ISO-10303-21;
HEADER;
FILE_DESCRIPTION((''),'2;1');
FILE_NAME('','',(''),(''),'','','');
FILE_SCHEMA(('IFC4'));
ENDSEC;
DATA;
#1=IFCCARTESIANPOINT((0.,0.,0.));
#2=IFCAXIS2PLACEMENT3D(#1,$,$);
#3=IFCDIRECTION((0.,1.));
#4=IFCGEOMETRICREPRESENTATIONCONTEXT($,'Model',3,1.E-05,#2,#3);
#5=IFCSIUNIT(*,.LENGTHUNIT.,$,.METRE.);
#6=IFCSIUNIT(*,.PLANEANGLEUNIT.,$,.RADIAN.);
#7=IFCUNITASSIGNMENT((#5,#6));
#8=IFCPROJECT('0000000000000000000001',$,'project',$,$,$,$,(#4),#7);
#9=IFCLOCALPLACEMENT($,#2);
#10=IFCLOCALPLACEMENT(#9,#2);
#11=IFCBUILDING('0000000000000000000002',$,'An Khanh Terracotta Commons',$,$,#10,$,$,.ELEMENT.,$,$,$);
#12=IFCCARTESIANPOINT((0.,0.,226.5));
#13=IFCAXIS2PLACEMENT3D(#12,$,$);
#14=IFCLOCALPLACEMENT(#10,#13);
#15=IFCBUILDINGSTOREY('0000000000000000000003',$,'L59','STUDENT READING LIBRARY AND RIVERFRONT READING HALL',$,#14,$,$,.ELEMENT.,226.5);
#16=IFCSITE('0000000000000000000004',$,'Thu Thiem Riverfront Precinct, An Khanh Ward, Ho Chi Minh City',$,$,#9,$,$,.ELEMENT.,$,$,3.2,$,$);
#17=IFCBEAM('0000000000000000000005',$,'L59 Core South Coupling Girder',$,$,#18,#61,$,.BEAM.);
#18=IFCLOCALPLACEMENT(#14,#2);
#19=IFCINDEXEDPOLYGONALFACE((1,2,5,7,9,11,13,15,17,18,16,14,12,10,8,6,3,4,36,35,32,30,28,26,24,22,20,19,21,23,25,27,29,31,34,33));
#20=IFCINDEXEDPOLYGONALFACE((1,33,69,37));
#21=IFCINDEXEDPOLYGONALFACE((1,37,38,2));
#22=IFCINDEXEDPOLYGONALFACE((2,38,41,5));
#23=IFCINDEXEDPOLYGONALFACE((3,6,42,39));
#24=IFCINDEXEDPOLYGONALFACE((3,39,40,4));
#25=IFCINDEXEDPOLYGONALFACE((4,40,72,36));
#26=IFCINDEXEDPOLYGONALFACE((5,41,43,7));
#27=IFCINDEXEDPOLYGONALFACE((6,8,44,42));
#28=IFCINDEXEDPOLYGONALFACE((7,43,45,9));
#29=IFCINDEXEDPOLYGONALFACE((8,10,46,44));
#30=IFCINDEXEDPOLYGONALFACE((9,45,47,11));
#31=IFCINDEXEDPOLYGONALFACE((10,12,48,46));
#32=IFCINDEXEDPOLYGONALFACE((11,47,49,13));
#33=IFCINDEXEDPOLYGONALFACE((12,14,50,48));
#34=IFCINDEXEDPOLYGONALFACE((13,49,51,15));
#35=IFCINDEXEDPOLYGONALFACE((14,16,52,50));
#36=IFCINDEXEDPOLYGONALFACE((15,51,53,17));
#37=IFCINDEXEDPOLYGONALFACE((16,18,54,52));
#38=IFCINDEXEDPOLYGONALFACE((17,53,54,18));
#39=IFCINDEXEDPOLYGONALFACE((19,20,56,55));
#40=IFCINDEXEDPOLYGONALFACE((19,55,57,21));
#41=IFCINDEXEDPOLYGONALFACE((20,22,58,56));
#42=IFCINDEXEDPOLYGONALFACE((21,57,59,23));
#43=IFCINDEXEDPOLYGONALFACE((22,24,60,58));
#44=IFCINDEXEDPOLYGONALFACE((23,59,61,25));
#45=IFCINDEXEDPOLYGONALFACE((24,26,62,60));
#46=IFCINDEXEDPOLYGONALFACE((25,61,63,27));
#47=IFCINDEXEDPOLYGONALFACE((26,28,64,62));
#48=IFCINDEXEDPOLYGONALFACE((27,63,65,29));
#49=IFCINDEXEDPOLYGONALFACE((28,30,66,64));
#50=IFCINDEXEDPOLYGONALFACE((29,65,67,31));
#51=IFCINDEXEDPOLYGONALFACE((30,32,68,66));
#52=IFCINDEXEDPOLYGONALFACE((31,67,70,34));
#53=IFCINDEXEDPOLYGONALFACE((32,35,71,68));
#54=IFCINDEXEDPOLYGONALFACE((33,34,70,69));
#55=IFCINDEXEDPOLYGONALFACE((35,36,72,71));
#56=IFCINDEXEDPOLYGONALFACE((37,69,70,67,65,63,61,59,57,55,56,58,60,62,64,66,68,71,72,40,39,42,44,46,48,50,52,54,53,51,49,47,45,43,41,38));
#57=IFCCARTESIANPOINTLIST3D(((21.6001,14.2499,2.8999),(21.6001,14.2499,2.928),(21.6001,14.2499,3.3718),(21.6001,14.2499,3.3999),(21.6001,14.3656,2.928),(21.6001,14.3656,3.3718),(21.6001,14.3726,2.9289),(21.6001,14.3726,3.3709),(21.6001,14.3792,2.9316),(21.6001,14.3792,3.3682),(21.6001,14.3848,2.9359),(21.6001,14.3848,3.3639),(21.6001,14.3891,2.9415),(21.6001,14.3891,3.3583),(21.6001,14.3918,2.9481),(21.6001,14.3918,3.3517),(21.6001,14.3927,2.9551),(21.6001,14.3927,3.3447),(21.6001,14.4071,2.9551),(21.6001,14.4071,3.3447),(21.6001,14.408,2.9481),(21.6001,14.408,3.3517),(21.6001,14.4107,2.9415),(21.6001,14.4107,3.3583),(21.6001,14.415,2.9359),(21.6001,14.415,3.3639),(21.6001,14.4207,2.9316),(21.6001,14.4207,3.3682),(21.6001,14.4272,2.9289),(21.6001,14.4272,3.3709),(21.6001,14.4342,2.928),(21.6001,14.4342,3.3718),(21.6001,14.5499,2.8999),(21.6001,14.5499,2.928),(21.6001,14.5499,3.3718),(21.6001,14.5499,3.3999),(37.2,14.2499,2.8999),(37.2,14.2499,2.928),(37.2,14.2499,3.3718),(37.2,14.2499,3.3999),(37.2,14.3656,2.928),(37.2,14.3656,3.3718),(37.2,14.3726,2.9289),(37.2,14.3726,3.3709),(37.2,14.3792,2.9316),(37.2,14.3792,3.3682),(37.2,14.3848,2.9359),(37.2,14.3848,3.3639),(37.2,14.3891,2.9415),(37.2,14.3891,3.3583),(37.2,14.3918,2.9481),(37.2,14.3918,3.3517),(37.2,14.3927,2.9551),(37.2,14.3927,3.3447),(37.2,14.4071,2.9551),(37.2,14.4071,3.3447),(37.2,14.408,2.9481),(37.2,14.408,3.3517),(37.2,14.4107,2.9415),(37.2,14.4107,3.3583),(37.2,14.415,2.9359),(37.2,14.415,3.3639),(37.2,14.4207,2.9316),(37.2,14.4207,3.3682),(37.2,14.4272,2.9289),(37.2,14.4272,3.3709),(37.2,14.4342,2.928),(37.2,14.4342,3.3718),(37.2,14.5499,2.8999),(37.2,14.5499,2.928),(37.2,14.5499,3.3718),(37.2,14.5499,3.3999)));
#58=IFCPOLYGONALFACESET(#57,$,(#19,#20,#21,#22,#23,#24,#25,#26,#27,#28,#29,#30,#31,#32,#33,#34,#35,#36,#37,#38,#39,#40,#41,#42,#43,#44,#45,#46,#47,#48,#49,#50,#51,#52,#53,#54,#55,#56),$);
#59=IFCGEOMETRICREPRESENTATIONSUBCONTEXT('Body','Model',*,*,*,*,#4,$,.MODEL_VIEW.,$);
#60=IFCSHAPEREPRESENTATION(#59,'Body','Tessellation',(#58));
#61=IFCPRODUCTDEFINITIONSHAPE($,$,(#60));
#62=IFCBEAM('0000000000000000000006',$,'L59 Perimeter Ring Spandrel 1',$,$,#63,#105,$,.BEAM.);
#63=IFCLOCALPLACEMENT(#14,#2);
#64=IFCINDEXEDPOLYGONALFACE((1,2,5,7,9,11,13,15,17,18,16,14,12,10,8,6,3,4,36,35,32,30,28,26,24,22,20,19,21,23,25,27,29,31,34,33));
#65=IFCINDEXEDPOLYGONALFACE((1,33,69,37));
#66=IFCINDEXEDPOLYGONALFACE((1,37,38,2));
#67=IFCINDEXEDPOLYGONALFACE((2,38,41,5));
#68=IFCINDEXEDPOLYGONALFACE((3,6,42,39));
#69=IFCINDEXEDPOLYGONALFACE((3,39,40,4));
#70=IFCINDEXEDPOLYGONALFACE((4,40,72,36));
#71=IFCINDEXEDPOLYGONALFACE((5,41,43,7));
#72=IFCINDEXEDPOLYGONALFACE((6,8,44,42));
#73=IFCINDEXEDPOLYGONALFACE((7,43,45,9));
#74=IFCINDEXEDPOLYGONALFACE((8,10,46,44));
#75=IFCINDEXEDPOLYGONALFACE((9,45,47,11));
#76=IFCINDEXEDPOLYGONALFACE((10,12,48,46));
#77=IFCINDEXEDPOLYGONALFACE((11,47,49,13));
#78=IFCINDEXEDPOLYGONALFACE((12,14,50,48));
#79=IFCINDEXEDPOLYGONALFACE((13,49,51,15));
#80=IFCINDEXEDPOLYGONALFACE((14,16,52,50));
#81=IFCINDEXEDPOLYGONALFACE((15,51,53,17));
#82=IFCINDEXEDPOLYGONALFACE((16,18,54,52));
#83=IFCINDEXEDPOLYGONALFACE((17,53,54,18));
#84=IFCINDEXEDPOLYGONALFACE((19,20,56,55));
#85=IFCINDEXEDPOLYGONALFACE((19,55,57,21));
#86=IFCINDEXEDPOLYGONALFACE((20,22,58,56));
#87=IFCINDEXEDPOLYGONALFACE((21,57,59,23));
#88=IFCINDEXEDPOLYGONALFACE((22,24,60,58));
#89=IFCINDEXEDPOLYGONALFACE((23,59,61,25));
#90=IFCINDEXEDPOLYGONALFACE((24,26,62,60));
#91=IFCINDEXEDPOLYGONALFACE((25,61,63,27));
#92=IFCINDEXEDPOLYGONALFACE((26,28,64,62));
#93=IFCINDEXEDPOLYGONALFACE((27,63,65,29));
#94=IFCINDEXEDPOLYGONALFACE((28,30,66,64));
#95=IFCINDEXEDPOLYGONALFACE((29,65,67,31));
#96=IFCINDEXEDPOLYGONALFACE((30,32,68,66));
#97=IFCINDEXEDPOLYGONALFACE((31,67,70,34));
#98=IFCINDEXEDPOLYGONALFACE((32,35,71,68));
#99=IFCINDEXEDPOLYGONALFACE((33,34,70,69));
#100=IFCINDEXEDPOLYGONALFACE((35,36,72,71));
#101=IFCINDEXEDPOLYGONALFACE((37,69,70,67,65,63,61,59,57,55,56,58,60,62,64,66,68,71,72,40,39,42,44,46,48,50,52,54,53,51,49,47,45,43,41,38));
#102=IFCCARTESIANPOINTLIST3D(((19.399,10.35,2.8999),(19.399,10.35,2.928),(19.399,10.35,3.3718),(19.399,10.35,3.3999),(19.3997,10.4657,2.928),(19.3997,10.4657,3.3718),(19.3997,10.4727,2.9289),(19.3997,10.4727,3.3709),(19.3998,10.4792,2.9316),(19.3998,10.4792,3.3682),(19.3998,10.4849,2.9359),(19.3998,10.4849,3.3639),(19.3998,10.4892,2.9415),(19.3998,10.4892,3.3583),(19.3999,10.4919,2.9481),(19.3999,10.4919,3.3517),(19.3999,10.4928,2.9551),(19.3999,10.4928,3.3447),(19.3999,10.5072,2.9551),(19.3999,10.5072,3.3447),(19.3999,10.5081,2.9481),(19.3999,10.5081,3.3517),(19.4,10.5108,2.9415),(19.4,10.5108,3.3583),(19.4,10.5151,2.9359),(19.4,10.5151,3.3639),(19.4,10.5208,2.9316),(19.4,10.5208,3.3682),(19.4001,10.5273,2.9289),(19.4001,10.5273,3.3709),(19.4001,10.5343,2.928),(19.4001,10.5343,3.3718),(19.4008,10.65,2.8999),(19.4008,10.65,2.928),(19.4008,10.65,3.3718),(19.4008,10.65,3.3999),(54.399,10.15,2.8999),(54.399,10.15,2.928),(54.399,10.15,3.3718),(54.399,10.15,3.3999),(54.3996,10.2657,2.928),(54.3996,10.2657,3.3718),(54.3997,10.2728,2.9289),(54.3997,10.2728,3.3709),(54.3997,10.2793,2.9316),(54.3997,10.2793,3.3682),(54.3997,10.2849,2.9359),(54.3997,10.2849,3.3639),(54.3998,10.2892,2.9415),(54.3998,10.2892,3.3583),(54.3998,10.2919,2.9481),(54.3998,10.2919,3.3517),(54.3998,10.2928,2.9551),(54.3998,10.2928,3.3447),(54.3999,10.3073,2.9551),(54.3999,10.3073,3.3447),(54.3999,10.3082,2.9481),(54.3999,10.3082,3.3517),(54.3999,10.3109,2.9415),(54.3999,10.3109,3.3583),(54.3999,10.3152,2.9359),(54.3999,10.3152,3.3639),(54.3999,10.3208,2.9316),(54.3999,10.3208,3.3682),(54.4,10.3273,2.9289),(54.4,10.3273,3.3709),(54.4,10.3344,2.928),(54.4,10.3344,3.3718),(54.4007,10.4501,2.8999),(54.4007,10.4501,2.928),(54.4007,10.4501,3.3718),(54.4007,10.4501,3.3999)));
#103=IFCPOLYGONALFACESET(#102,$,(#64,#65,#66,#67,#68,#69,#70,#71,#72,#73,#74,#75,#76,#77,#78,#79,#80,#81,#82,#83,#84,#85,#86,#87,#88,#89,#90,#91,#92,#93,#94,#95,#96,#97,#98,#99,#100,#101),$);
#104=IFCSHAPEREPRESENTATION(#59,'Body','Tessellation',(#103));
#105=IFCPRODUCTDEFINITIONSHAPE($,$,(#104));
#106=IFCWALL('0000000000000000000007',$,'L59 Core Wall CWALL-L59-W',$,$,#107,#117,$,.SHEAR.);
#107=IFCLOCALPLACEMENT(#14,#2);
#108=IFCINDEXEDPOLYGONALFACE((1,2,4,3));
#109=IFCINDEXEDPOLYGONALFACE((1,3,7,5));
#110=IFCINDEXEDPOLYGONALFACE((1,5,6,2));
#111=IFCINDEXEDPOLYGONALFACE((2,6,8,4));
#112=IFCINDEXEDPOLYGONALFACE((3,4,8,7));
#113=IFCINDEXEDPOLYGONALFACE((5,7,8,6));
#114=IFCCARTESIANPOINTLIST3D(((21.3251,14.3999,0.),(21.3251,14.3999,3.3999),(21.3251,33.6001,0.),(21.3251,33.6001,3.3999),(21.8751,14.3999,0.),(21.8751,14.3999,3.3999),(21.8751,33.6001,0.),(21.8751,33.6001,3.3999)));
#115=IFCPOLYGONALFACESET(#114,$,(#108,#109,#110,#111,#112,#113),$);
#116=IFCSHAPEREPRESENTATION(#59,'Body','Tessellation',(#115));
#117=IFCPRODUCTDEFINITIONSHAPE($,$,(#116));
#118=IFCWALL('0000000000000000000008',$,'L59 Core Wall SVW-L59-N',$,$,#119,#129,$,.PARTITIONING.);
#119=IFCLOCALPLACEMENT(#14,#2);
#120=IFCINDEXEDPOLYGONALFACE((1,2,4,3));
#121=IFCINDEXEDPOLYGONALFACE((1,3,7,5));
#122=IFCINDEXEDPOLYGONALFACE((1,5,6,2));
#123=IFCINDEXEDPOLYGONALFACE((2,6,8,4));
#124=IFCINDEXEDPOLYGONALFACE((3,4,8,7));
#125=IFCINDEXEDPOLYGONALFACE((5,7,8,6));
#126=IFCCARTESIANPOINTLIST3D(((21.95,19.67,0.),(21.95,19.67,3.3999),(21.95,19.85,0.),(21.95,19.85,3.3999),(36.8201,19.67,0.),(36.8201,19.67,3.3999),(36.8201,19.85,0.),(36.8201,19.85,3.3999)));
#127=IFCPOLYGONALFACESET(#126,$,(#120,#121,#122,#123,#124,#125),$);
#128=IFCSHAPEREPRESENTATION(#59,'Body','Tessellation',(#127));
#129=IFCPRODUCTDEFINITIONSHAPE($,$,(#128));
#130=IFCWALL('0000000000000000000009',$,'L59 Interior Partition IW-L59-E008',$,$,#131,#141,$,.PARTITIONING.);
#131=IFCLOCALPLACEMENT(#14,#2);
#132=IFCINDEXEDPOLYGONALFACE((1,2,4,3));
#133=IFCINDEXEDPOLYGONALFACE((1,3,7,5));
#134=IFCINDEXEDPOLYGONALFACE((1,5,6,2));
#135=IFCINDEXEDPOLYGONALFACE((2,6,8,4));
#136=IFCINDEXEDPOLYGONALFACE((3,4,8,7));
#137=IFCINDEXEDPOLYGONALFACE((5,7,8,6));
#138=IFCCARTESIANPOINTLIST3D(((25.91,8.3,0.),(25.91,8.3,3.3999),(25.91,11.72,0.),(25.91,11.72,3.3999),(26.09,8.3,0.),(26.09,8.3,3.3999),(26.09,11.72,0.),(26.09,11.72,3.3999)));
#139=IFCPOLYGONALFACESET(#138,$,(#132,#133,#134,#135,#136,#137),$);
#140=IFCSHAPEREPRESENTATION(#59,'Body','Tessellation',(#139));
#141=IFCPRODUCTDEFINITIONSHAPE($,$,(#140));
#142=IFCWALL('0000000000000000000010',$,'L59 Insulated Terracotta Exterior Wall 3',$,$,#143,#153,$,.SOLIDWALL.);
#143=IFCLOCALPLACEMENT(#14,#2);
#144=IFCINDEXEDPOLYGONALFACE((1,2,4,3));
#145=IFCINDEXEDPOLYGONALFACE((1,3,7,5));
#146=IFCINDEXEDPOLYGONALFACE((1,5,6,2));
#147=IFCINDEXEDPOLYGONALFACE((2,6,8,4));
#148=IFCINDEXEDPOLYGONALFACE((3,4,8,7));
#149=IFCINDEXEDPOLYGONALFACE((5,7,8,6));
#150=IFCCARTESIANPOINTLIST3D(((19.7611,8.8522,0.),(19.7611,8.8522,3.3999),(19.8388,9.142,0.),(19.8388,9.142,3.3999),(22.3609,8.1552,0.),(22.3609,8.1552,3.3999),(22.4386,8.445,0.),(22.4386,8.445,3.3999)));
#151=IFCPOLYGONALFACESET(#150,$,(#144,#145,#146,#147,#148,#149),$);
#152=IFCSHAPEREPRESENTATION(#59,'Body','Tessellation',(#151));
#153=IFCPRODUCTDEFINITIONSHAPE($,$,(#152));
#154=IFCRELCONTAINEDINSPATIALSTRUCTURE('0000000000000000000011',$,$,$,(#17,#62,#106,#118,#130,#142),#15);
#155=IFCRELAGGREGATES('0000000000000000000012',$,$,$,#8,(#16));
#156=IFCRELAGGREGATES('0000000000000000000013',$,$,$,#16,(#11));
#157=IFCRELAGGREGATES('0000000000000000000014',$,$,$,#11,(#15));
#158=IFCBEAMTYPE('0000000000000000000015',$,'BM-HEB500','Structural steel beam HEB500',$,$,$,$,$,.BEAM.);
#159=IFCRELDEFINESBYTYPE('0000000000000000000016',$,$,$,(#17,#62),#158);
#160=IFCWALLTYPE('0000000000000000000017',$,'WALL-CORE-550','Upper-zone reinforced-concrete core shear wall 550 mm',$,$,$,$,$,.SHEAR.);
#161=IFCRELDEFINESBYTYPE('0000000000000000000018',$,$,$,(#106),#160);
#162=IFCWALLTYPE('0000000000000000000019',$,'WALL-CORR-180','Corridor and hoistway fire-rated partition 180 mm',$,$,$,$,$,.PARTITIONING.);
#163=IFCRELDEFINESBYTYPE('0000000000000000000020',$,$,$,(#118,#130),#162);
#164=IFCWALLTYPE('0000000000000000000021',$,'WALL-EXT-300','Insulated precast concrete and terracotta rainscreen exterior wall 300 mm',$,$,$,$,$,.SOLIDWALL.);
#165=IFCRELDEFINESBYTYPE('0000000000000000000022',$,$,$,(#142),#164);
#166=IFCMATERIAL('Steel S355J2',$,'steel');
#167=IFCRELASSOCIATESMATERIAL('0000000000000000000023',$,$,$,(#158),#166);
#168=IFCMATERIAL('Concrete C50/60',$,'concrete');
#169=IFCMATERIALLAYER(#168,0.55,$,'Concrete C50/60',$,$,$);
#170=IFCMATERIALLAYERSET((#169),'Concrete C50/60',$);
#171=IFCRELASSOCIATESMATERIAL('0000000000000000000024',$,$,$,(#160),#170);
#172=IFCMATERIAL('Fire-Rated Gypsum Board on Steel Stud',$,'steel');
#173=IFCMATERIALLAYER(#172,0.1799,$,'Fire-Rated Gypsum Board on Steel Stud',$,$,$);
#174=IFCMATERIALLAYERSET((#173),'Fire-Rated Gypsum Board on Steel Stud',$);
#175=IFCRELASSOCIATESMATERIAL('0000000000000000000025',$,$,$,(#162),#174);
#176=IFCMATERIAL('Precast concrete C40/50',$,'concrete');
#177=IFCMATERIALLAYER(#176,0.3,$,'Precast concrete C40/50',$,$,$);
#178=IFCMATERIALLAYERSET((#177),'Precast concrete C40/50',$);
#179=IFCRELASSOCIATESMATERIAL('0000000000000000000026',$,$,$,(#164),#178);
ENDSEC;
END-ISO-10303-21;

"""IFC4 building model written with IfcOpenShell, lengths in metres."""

from ifc_helpers import new_model, si_unit, direction, frame, frame_2d, origin, origin_2d, place, context, subcontext, project, spatial, rectangle, i_section, extrude, material, layer, layer_set, material_profile, profile_set, type_object, element, save


model = new_model("IFC4")

# Units and contexts
model_context = context("Model", 3, precision=1e-05, world=origin(), true_north=direction((0.0, 1.0)))
body_context = subcontext(model_context, "Body", "Model", "MODEL_VIEW")
ifc_project = project(units=[si_unit("LENGTHUNIT", "METRE"), si_unit("PLANEANGLEUNIT", "RADIAN")], contexts=[model_context])

# Site, building, storey
site_placement = place(None, origin())
site = spatial("IfcSite", under=ifc_project, at=site_placement, Name="Thu Thiem Riverfront Precinct, An Khanh Ward, Ho Chi Minh City", CompositionType="ELEMENT", RefElevation=3.2)
building_placement = place(site_placement, origin())
building = spatial("IfcBuilding", under=site, at=building_placement, Name="An Khanh Terracotta Commons", CompositionType="ELEMENT")
storey_placement = place(building_placement, frame((0.0, 0.0, 226.5)))
storey = spatial("IfcBuildingStorey", under=building, at=storey_placement, Name="L59", Description="STUDENT READING LIBRARY AND RIVERFRONT READING HALL", CompositionType="ELEMENT", Elevation=226.5)

# Beams
ifc_material_1 = material(Name="Steel S355J2", Category="steel")
ifc_material_profile_1 = material_profile(ifc_material_1, i_section(OverallWidth=0.3, OverallDepth=0.5, WebThickness=0.0144, FlangeThickness=0.0281, FilletRadius=0.0271, at=origin_2d()), Name="HEB500")
ifc_profile_set_1 = profile_set([ifc_material_profile_1], Name="Steel S355J2")
beam_type_1 = type_object("IfcBeamType", Name="BM-HEB500", Description="Structural steel beam HEB500", PredefinedType="BEAM", material=ifc_profile_set_1)
beam_1_placement = place(storey_placement, frame((21.6001, 14.3999, 3.1499), z_axis=(1.0, 0.0, 0.0), x_axis=(0.0, 1.0, 0.0)))
element("IfcBeam", 1, at=beam_1_placement, inside=storey, type_object=beam_type_1, Name="L59 Core South Coupling Girder", PredefinedType="BEAM", context=body_context, shape_type="SweptSolid", body=[
    extrude(i_section(OverallWidth=0.3, OverallDepth=0.5, WebThickness=0.0144, FlangeThickness=0.0281, FilletRadius=0.0271, at=origin_2d()), origin(), (0.0, 0.0, 1.0), 15.5999),
])
beam_2_placement = place(storey_placement, frame((19.3999, 10.5, 3.1499), z_axis=(0.999984, -0.005713, 0.0), x_axis=(0.005713, 0.999984, 0.0)))
element("IfcBeam", 2, at=beam_2_placement, inside=storey, type_object=beam_type_1, Name="L59 Perimeter Ring Spandrel 1", PredefinedType="BEAM", context=body_context, shape_type="SweptSolid", body=[
    extrude(i_section(OverallWidth=0.3, OverallDepth=0.5, WebThickness=0.0144, FlangeThickness=0.0281, FilletRadius=0.0271, at=origin_2d()), origin(), (0.0, 0.0, 1.0), 35.0005),
])

# Walls
ifc_material_2 = material(Name="Concrete C50/60", Category="concrete")
ifc_layer_1 = layer(ifc_material_2, 0.55, Name="Concrete C50/60")
ifc_layer_set_1 = layer_set([ifc_layer_1], Name="Concrete C50/60")
wall_type_1 = type_object("IfcWallType", Name="WALL-CORE-550", Description="Upper-zone reinforced-concrete core shear wall 550 mm", PredefinedType="SHEAR", material=ifc_layer_set_1)
wall_1_placement = place(storey_placement, frame((21.6001, 14.3999, 0.0), z_axis=(0.0, 0.0, 1.0), x_axis=(0.0, 1.0, 0.0)))
element("IfcWall", 3, at=wall_1_placement, inside=storey, type_object=wall_type_1, Name="L59 Core Wall CWALL-L59-W", PredefinedType="SHEAR", context=body_context, shape_type="SweptSolid", body=[
    extrude(rectangle(XDim=19.2002, YDim=0.55, at=frame_2d((9.6001, 0.0))), origin(), (0.0, 0.0, 1.0), 3.3999),
])
ifc_material_3 = material(Name="Fire-Rated Gypsum Board on Steel Stud", Category="steel")
ifc_layer_2 = layer(ifc_material_3, 0.1799, Name="Fire-Rated Gypsum Board on Steel Stud")
ifc_layer_set_2 = layer_set([ifc_layer_2], Name="Fire-Rated Gypsum Board on Steel Stud")
wall_type_2 = type_object("IfcWallType", Name="WALL-CORR-180", Description="Corridor and hoistway fire-rated partition 180 mm", PredefinedType="PARTITIONING", material=ifc_layer_set_2)
wall_2_placement = place(storey_placement, frame((21.95, 19.76, 0.0), z_axis=(0.0, 0.0, 1.0), x_axis=(1.0, 0.0, 0.0)))
element("IfcWall", 4, at=wall_2_placement, inside=storey, type_object=wall_type_2, Name="L59 Core Wall SVW-L59-N", PredefinedType="PARTITIONING", context=body_context, shape_type="SweptSolid", body=[
    extrude(rectangle(XDim=14.8701, YDim=0.1799, at=frame_2d((7.4351, 0.0))), origin(), (0.0, 0.0, 1.0), 3.3999),
])
wall_3_placement = place(storey_placement, frame((26.0, 8.3, 0.0), z_axis=(0.0, 0.0, 1.0), x_axis=(0.0, 1.0, 0.0)))
element("IfcWall", 5, at=wall_3_placement, inside=storey, type_object=wall_type_2, Name="L59 Interior Partition IW-L59-E008", PredefinedType="PARTITIONING", context=body_context, shape_type="SweptSolid", body=[
    extrude(rectangle(XDim=3.4199, YDim=0.1799, at=frame_2d((1.71, 0.0))), origin(), (0.0, 0.0, 1.0), 3.3999),
])
ifc_material_4 = material(Name="Precast concrete C40/50", Category="concrete")
ifc_layer_3 = layer(ifc_material_4, 0.3, Name="Precast concrete C40/50")
ifc_layer_set_3 = layer_set([ifc_layer_3], Name="Precast concrete C40/50")
wall_type_3 = type_object("IfcWallType", Name="WALL-EXT-300", Description="Insulated precast concrete and terracotta rainscreen exterior wall 300 mm", PredefinedType="SOLIDWALL", material=ifc_layer_set_3)
wall_4_placement = place(storey_placement, frame((19.8, 8.9971, 0.0), z_axis=(0.0, 0.0, 1.0), x_axis=(0.965889, -0.258955, 0.0)))
element("IfcWall", 6, at=wall_4_placement, inside=storey, type_object=wall_type_3, Name="L59 Insulated Terracotta Exterior Wall 3", PredefinedType="SOLIDWALL", context=body_context, shape_type="SweptSolid", body=[
    extrude(rectangle(XDim=2.6917, YDim=0.3, at=frame_2d((1.3457, 0.0))), origin(), (0.0, 0.0, 1.0), 3.3999),
])

save(model, "model.ifc")
